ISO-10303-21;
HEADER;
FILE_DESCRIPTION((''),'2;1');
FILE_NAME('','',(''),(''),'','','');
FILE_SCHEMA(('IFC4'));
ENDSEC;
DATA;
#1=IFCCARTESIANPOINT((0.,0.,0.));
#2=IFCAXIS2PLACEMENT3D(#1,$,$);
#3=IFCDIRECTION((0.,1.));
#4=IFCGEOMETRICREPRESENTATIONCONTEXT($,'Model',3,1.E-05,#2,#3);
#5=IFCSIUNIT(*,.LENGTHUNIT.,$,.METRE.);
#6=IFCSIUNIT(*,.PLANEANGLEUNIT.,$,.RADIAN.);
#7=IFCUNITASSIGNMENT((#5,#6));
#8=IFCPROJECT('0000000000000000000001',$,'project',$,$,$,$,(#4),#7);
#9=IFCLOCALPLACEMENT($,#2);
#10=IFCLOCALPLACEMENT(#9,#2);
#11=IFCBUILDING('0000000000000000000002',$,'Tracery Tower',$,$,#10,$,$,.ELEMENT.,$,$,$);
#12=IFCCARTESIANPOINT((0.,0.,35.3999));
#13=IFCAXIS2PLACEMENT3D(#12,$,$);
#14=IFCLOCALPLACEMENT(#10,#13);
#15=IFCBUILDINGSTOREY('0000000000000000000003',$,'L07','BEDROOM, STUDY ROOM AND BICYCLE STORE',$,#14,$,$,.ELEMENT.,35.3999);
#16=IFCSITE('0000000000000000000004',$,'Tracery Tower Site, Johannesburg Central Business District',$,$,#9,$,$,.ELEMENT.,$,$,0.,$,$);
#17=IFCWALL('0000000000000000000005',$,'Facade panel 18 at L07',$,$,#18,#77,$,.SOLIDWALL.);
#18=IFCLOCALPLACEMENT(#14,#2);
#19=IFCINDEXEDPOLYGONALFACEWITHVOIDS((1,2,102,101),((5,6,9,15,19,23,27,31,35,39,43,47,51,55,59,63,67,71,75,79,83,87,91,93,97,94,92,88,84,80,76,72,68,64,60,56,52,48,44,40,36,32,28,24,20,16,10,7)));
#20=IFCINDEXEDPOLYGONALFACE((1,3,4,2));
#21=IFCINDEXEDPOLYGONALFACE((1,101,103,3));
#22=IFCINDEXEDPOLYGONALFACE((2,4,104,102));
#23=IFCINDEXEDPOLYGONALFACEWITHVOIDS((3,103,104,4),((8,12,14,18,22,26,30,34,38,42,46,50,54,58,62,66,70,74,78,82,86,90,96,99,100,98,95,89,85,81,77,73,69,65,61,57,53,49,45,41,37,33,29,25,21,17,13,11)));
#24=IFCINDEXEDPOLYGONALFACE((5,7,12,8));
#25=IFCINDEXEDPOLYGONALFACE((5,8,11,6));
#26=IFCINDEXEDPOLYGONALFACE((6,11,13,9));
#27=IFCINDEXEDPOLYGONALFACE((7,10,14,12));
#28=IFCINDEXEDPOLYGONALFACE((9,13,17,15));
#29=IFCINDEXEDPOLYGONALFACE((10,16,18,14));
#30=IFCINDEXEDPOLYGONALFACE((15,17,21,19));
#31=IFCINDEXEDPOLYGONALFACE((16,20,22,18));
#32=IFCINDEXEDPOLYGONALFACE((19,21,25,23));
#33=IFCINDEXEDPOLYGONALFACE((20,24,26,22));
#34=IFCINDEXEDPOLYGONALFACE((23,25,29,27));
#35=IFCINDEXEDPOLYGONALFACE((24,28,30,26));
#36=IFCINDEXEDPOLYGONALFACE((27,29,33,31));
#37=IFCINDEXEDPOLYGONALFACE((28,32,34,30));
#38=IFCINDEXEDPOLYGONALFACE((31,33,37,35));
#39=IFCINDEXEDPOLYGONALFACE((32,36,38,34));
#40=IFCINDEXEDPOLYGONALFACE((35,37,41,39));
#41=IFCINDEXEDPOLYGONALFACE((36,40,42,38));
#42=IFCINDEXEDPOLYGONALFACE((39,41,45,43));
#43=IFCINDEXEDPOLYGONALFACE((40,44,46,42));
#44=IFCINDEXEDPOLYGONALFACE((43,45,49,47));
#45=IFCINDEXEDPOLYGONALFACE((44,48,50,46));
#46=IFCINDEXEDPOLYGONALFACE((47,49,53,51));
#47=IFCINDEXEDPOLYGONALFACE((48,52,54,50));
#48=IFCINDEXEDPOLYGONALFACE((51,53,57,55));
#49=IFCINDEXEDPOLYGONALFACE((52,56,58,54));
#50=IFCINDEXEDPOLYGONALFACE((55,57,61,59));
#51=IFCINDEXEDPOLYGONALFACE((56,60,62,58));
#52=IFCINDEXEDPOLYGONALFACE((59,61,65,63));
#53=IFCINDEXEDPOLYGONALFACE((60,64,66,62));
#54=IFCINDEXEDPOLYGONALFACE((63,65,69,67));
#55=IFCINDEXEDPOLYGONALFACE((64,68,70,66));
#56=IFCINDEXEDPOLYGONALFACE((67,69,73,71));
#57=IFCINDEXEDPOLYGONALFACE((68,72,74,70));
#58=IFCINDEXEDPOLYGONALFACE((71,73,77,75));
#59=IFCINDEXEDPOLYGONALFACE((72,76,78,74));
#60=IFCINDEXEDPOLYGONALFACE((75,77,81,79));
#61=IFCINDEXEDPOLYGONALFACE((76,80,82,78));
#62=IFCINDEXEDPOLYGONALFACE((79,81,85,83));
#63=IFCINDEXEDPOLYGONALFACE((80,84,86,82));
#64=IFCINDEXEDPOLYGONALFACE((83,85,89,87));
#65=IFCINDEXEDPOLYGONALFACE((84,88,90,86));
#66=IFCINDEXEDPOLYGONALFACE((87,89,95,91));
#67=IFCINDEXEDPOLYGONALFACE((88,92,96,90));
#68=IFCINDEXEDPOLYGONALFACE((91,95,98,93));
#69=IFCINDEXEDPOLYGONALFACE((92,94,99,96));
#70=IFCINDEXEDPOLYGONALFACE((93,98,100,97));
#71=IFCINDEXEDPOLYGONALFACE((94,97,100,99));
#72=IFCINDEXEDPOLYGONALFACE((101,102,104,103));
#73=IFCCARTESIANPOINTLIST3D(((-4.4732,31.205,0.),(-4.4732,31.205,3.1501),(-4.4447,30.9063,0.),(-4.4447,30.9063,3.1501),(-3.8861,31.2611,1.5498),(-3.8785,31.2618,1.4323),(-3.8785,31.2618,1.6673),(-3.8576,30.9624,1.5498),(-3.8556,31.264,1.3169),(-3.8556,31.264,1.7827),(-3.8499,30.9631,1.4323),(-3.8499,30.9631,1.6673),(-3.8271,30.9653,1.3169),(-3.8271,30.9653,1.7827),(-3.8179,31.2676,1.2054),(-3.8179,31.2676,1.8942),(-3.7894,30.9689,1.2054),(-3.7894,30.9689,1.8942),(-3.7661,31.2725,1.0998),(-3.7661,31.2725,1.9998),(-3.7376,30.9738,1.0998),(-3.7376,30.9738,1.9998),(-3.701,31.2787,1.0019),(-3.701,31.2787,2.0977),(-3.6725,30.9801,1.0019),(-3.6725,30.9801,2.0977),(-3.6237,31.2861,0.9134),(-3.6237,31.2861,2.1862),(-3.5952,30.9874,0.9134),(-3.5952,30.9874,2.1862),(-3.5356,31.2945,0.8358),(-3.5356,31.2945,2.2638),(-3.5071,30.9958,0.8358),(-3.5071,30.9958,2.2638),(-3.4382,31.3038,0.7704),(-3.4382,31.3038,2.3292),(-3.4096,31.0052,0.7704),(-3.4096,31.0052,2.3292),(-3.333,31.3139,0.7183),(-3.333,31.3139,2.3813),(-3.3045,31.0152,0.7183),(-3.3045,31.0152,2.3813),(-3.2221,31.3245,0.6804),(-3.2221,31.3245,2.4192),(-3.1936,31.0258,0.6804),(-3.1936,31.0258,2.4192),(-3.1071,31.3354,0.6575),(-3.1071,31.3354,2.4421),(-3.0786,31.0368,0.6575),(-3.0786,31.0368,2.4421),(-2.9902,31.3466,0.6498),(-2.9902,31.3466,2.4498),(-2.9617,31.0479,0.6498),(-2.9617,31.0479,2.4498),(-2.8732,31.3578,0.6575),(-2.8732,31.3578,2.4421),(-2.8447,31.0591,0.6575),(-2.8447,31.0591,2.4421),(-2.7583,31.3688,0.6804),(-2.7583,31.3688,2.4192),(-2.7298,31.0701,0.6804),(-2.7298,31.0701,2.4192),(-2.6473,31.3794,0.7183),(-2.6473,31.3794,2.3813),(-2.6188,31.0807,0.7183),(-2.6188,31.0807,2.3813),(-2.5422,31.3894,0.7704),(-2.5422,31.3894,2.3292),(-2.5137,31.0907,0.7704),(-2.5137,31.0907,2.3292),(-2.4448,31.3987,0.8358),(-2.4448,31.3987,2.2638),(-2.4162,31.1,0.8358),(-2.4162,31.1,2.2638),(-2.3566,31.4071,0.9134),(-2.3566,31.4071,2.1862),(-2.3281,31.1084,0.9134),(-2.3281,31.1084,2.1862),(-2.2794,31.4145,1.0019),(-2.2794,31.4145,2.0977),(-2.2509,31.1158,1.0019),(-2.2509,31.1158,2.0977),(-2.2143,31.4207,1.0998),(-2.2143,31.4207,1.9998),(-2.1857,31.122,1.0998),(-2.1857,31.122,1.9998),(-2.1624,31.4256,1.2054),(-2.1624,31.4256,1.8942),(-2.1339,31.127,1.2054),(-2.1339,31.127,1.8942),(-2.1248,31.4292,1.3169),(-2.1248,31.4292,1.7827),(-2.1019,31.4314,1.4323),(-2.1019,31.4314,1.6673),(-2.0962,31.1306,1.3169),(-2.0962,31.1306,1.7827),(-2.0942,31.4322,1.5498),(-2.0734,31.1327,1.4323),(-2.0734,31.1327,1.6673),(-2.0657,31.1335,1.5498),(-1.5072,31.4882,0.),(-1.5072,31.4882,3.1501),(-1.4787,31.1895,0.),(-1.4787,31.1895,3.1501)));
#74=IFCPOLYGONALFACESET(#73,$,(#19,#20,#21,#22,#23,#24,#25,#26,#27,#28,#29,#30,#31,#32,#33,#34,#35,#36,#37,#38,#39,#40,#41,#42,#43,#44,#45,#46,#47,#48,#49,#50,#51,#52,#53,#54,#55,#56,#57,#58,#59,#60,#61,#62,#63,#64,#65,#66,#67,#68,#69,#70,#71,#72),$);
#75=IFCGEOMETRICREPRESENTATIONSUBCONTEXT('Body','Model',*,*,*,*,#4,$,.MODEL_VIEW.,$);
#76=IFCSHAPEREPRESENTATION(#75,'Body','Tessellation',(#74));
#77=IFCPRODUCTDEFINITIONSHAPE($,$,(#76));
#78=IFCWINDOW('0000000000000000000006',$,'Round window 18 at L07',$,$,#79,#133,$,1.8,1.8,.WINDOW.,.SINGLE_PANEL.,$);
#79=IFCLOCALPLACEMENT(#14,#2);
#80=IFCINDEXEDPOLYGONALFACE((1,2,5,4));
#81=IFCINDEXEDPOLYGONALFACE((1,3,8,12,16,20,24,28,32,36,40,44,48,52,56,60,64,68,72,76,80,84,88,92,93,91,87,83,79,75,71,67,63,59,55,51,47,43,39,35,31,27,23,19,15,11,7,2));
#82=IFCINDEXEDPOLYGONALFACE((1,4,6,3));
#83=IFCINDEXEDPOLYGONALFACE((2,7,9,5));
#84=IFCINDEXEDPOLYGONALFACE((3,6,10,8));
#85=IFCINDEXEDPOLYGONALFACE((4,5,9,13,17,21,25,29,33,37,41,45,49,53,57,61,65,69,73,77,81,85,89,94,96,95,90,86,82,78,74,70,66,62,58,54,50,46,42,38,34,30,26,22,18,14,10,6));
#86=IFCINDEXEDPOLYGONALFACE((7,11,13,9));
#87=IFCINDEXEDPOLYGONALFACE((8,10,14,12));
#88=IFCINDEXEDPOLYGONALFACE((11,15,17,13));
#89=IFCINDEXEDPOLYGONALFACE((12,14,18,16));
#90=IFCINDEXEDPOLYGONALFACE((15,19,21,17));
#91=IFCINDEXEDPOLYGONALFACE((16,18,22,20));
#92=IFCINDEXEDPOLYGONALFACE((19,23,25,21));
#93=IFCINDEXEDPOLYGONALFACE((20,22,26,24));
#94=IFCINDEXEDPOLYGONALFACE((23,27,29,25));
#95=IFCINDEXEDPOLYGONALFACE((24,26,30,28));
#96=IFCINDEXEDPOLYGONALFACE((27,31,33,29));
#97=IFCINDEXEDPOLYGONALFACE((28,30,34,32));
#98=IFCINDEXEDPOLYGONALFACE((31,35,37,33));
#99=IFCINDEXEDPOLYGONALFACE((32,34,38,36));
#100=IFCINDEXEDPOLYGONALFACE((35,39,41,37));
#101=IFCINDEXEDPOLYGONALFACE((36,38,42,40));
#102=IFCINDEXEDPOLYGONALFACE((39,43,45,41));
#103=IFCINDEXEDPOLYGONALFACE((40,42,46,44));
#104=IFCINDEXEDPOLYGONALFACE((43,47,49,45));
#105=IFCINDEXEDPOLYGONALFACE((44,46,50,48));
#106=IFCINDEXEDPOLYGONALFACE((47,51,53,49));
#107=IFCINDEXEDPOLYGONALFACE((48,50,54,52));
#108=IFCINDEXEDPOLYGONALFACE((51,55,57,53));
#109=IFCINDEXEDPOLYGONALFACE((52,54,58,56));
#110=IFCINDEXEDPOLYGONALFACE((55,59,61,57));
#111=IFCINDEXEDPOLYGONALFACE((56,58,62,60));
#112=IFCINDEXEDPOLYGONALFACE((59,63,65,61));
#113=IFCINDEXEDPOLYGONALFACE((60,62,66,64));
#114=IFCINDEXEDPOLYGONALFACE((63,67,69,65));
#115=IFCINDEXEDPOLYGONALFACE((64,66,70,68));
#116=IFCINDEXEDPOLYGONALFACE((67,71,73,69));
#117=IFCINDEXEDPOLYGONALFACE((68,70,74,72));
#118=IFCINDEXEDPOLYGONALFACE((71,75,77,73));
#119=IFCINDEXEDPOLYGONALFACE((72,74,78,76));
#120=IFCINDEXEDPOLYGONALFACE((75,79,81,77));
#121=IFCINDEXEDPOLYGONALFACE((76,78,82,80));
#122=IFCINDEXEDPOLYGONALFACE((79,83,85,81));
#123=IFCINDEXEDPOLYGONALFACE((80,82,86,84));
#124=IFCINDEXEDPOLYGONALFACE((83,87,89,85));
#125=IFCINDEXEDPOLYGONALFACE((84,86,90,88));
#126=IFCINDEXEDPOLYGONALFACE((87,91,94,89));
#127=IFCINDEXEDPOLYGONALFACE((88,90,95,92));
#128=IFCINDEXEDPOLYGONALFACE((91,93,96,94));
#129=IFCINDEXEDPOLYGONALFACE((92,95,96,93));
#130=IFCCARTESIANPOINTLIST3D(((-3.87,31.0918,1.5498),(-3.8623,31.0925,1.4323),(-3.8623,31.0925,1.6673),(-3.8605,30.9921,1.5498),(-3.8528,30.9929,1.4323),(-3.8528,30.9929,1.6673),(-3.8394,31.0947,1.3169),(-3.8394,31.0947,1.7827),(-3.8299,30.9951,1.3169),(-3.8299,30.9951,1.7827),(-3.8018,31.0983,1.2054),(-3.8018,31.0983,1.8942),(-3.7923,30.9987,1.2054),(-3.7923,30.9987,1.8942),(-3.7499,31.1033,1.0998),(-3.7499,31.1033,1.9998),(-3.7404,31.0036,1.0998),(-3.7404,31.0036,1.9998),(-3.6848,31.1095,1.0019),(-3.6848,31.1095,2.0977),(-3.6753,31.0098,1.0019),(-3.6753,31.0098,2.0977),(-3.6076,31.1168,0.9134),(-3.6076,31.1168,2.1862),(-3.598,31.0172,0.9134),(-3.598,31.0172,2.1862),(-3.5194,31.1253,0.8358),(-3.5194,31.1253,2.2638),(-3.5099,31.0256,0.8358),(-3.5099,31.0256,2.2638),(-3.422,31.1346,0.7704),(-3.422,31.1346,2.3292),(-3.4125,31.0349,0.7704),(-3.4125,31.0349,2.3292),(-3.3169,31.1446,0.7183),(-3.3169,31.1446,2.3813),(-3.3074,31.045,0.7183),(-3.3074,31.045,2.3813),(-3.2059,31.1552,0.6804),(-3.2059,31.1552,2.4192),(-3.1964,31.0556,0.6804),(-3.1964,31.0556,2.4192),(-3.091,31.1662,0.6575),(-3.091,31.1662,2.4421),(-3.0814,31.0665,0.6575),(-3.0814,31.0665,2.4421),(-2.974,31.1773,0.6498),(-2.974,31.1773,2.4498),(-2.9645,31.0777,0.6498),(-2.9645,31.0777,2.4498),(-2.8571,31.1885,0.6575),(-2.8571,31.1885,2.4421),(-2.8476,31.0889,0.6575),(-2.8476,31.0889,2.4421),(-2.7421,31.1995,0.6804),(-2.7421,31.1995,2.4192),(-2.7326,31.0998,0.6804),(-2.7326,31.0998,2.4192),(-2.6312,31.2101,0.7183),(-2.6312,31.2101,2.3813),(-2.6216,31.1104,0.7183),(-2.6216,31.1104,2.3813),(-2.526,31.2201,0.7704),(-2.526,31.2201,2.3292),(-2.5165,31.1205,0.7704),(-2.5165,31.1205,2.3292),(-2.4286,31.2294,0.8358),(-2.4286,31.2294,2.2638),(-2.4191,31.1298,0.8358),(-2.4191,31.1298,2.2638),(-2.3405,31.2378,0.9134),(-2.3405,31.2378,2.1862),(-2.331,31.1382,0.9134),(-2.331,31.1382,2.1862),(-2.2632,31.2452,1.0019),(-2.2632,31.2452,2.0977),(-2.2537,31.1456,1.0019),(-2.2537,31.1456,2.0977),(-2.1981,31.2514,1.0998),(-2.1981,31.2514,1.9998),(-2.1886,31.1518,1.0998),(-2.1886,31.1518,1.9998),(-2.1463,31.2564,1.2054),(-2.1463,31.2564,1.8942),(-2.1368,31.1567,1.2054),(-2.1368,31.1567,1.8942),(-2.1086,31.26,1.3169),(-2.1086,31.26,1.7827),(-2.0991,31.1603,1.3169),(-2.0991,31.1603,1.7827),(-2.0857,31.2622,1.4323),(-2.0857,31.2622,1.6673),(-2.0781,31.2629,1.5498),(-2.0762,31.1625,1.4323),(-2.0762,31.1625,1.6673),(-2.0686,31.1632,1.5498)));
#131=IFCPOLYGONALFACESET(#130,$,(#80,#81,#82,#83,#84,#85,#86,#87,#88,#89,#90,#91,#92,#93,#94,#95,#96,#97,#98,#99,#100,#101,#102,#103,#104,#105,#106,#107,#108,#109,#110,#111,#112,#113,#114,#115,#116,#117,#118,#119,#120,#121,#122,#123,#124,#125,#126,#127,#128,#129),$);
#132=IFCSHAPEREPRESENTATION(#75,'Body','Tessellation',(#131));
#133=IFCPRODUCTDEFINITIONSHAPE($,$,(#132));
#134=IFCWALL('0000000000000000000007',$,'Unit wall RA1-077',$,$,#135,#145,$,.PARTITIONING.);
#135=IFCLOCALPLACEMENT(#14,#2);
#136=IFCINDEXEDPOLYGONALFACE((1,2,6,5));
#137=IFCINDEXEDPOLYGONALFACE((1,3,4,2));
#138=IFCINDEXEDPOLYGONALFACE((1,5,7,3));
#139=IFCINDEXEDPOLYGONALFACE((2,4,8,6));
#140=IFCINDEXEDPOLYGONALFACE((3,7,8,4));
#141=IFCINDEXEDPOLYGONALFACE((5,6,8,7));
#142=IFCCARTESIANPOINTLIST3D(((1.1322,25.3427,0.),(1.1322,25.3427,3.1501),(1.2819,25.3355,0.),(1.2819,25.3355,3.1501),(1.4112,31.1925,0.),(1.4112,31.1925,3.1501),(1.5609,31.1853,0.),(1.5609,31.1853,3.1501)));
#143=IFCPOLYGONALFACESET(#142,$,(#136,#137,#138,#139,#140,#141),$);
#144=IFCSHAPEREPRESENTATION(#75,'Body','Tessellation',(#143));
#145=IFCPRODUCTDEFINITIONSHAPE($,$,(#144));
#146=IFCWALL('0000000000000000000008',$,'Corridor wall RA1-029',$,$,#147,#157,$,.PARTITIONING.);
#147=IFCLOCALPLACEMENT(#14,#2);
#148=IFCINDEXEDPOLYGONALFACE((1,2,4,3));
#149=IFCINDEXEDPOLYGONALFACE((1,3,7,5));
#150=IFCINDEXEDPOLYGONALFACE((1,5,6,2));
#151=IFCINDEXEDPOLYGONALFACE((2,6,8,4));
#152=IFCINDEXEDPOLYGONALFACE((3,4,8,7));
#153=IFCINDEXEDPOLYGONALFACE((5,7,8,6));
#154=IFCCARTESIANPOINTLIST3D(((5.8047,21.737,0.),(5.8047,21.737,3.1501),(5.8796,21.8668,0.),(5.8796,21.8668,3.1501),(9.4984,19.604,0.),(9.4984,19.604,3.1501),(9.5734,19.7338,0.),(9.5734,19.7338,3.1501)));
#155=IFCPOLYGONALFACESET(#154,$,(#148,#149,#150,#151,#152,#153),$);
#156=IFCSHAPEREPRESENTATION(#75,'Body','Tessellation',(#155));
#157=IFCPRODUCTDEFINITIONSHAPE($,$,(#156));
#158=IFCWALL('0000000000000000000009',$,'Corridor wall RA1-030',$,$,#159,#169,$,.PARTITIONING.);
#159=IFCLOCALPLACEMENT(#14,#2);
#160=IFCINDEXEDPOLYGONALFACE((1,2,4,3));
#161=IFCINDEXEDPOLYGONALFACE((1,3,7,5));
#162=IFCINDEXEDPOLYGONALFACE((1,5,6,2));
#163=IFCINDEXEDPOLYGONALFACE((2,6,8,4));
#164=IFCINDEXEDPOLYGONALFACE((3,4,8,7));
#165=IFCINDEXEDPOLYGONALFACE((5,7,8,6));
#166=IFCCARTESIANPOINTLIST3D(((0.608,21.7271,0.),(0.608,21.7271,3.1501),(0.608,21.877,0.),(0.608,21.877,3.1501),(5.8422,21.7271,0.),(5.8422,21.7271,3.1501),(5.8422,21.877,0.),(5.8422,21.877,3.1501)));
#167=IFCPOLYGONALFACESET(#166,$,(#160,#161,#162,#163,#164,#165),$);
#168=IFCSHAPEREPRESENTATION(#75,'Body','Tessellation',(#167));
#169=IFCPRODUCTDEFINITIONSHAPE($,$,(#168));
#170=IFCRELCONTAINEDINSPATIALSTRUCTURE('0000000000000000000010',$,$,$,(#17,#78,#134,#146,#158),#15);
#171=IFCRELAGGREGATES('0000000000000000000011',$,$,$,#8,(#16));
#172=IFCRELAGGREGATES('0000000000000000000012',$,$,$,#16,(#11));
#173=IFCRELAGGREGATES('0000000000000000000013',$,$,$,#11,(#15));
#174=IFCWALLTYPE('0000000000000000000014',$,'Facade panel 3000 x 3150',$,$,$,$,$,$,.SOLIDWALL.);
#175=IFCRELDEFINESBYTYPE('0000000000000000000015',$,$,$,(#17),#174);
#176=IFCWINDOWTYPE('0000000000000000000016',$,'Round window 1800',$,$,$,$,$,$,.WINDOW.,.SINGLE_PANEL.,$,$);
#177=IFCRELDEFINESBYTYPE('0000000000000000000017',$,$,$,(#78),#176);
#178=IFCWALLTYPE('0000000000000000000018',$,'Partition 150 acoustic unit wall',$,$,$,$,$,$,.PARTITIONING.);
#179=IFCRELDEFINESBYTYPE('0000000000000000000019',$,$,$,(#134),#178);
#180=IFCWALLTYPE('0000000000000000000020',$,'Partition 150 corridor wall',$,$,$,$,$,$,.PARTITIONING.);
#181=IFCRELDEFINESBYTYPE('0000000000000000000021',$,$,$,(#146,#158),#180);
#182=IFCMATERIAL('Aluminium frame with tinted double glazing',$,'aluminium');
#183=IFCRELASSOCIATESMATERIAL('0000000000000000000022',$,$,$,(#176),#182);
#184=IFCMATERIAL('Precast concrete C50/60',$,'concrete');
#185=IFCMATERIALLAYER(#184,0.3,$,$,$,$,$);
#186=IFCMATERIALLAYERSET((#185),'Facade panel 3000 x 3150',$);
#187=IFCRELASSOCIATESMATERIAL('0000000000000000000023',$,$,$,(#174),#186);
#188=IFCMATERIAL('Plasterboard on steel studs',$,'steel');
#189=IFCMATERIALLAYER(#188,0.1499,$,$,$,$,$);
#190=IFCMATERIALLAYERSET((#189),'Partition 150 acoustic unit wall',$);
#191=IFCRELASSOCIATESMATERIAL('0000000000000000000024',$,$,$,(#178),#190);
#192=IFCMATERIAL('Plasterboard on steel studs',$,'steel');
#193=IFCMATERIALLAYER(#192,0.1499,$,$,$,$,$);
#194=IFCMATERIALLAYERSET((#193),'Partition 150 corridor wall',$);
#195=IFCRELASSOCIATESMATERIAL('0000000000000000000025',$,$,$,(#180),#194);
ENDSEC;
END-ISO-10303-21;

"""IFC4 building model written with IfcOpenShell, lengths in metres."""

from ifc_helpers import new_model, si_unit, direction, frame, frame_2d, origin, origin_2d, place, context, subcontext, project, spatial, rectangle, circle, extrude, material, layer, layer_set, type_object, element, fill, save


model = new_model("IFC4")

# Units and contexts
model_context = context("Model", 3, precision=1e-05, world=origin(), true_north=direction((0.0, 1.0)))
body_context = subcontext(model_context, "Body", "Model", "MODEL_VIEW")
ifc_project = project(units=[si_unit("LENGTHUNIT", "METRE"), si_unit("PLANEANGLEUNIT", "RADIAN")], contexts=[model_context])

# Site, building, storey
site_placement = place(None, origin())
site = spatial("IfcSite", under=ifc_project, at=site_placement, Name="Tracery Tower Site, Johannesburg Central Business District", CompositionType="ELEMENT", RefElevation=0.0)
building_placement = place(site_placement, origin())
building = spatial("IfcBuilding", under=site, at=building_placement, Name="Tracery Tower", CompositionType="ELEMENT")
storey_placement = place(building_placement, frame((0.0, 0.0, 35.3999)))
storey = spatial("IfcBuildingStorey", under=building, at=storey_placement, Name="L07", Description="BEDROOM, STUDY ROOM AND BICYCLE STORE", CompositionType="ELEMENT", Elevation=35.3999)

# Wall, opening, window
ifc_material_1 = material(Name="Aluminium frame with tinted double glazing", Category="aluminium")
window_type = type_object("IfcWindowType", Name="Round window 1800", PartitioningType="SINGLE_PANEL", PredefinedType="WINDOW", material=ifc_material_1)
ifc_material_2 = material(Name="Precast concrete C50/60", Category="concrete")
ifc_layer_1 = layer(ifc_material_2, 0.3)
ifc_layer_set_1 = layer_set([ifc_layer_1], Name="Facade panel 3000 x 3150")
wall_type_1 = type_object("IfcWallType", Name="Facade panel 3000 x 3150", PredefinedType="SOLIDWALL", material=ifc_layer_set_1)
wall_1_placement = place(storey_placement, frame((-1.4929, 31.3389, 0.0), z_axis=(0.0, 0.0, 1.0), x_axis=(-0.995473, -0.095049, 0.0)))
wall_1 = element("IfcWall", 1, at=wall_1_placement, inside=storey, type_object=wall_type_1, Name="Facade panel 18 at L07", PredefinedType="SOLIDWALL", context=body_context, shape_type="SweptSolid", body=[
    extrude(rectangle(XDim=2.9795, YDim=0.3, at=frame_2d((1.4897, 0.0))), origin(), (0.0, 0.0, 1.0), 3.1501),
])
opening_1_placement = place(wall_1_placement, frame((1.4897, 0.0, 1.5498)))
opening_1 = element("IfcOpeningElement", 2, at=opening_1_placement, cuts=wall_1, PredefinedType="OPENING", context=body_context, shape_type="SweptSolid", body=[
    extrude(circle(Radius=0.9, at=origin_2d()), frame((0.0, 0.1599, 0.0), z_axis=(0.0, -1.0, 0.0), x_axis=(1.0, 0.0, 0.0)), (0.0, 0.0, 1.0), 0.3201),
])
window_1_placement = place(opening_1_placement, origin())
window_1 = element("IfcWindow", 3, at=window_1_placement, inside=storey, type_object=window_type, Name="Round window 18 at L07", OverallHeight=1.8, OverallWidth=1.8, PartitioningType="SINGLE_PANEL", PredefinedType="WINDOW", context=body_context, shape_type="SweptSolid", body=[
    extrude(circle(Radius=0.9, at=origin_2d()), frame((0.0, 0.1201, 0.0), z_axis=(0.0, -1.0, 0.0), x_axis=(1.0, 0.0, 0.0)), (0.0, 0.0, 1.0), 0.1001),
])
fill(opening_1, window_1)

# Walls
ifc_material_3 = material(Name="Plasterboard on steel studs", Category="steel")
ifc_layer_2 = layer(ifc_material_3, 0.1499)
ifc_layer_set_2 = layer_set([ifc_layer_2], Name="Partition 150 acoustic unit wall")
wall_type_2 = type_object("IfcWallType", Name="Partition 150 acoustic unit wall", PredefinedType="PARTITIONING", material=ifc_layer_set_2)
wall_2_placement = place(storey_placement, frame((1.207, 25.3391, 0.0), z_axis=(0.0, 0.0, 1.0), x_axis=(0.047648, 0.998864, 0.0)))
element("IfcWall", 4, at=wall_2_placement, inside=storey, type_object=wall_type_2, Name="Unit wall RA1-077", PredefinedType="PARTITIONING", context=body_context, shape_type="SweptSolid", body=[
    extrude(rectangle(XDim=5.8564, YDim=0.1499, at=frame_2d((2.9282, 0.0))), origin(), (0.0, 0.0, 1.0), 3.1501),
])
ifc_material_4 = material(Name="Plasterboard on steel studs", Category="steel")
ifc_layer_3 = layer(ifc_material_4, 0.1499)
ifc_layer_set_3 = layer_set([ifc_layer_3], Name="Partition 150 corridor wall")
wall_type_3 = type_object("IfcWallType", Name="Partition 150 corridor wall", PredefinedType="PARTITIONING", material=ifc_layer_set_3)
wall_3_placement = place(storey_placement, frame((5.842, 21.802, 0.0), z_axis=(0.0, 0.0, 1.0), x_axis=(0.865984, -0.500073, 0.0)))
element("IfcWall", 5, at=wall_3_placement, inside=storey, type_object=wall_type_3, Name="Corridor wall RA1-029", PredefinedType="PARTITIONING", context=body_context, shape_type="SweptSolid", body=[
    extrude(rectangle(XDim=4.2654, YDim=0.1499, at=frame_2d((2.1328, 0.0))), origin(), (0.0, 0.0, 1.0), 3.1501),
])
wall_4_placement = place(storey_placement, frame((0.6079, 21.802, 0.0), z_axis=(0.0, 0.0, 1.0), x_axis=(1.0, 0.0, 0.0)))
element("IfcWall", 6, at=wall_4_placement, inside=storey, type_object=wall_type_3, Name="Corridor wall RA1-030", PredefinedType="PARTITIONING", context=body_context, shape_type="SweptSolid", body=[
    extrude(rectangle(XDim=5.2341, YDim=0.1499, at=frame_2d((2.6172, 0.0))), origin(), (0.0, 0.0, 1.0), 3.1501),
])

save(model, "model.ifc")
